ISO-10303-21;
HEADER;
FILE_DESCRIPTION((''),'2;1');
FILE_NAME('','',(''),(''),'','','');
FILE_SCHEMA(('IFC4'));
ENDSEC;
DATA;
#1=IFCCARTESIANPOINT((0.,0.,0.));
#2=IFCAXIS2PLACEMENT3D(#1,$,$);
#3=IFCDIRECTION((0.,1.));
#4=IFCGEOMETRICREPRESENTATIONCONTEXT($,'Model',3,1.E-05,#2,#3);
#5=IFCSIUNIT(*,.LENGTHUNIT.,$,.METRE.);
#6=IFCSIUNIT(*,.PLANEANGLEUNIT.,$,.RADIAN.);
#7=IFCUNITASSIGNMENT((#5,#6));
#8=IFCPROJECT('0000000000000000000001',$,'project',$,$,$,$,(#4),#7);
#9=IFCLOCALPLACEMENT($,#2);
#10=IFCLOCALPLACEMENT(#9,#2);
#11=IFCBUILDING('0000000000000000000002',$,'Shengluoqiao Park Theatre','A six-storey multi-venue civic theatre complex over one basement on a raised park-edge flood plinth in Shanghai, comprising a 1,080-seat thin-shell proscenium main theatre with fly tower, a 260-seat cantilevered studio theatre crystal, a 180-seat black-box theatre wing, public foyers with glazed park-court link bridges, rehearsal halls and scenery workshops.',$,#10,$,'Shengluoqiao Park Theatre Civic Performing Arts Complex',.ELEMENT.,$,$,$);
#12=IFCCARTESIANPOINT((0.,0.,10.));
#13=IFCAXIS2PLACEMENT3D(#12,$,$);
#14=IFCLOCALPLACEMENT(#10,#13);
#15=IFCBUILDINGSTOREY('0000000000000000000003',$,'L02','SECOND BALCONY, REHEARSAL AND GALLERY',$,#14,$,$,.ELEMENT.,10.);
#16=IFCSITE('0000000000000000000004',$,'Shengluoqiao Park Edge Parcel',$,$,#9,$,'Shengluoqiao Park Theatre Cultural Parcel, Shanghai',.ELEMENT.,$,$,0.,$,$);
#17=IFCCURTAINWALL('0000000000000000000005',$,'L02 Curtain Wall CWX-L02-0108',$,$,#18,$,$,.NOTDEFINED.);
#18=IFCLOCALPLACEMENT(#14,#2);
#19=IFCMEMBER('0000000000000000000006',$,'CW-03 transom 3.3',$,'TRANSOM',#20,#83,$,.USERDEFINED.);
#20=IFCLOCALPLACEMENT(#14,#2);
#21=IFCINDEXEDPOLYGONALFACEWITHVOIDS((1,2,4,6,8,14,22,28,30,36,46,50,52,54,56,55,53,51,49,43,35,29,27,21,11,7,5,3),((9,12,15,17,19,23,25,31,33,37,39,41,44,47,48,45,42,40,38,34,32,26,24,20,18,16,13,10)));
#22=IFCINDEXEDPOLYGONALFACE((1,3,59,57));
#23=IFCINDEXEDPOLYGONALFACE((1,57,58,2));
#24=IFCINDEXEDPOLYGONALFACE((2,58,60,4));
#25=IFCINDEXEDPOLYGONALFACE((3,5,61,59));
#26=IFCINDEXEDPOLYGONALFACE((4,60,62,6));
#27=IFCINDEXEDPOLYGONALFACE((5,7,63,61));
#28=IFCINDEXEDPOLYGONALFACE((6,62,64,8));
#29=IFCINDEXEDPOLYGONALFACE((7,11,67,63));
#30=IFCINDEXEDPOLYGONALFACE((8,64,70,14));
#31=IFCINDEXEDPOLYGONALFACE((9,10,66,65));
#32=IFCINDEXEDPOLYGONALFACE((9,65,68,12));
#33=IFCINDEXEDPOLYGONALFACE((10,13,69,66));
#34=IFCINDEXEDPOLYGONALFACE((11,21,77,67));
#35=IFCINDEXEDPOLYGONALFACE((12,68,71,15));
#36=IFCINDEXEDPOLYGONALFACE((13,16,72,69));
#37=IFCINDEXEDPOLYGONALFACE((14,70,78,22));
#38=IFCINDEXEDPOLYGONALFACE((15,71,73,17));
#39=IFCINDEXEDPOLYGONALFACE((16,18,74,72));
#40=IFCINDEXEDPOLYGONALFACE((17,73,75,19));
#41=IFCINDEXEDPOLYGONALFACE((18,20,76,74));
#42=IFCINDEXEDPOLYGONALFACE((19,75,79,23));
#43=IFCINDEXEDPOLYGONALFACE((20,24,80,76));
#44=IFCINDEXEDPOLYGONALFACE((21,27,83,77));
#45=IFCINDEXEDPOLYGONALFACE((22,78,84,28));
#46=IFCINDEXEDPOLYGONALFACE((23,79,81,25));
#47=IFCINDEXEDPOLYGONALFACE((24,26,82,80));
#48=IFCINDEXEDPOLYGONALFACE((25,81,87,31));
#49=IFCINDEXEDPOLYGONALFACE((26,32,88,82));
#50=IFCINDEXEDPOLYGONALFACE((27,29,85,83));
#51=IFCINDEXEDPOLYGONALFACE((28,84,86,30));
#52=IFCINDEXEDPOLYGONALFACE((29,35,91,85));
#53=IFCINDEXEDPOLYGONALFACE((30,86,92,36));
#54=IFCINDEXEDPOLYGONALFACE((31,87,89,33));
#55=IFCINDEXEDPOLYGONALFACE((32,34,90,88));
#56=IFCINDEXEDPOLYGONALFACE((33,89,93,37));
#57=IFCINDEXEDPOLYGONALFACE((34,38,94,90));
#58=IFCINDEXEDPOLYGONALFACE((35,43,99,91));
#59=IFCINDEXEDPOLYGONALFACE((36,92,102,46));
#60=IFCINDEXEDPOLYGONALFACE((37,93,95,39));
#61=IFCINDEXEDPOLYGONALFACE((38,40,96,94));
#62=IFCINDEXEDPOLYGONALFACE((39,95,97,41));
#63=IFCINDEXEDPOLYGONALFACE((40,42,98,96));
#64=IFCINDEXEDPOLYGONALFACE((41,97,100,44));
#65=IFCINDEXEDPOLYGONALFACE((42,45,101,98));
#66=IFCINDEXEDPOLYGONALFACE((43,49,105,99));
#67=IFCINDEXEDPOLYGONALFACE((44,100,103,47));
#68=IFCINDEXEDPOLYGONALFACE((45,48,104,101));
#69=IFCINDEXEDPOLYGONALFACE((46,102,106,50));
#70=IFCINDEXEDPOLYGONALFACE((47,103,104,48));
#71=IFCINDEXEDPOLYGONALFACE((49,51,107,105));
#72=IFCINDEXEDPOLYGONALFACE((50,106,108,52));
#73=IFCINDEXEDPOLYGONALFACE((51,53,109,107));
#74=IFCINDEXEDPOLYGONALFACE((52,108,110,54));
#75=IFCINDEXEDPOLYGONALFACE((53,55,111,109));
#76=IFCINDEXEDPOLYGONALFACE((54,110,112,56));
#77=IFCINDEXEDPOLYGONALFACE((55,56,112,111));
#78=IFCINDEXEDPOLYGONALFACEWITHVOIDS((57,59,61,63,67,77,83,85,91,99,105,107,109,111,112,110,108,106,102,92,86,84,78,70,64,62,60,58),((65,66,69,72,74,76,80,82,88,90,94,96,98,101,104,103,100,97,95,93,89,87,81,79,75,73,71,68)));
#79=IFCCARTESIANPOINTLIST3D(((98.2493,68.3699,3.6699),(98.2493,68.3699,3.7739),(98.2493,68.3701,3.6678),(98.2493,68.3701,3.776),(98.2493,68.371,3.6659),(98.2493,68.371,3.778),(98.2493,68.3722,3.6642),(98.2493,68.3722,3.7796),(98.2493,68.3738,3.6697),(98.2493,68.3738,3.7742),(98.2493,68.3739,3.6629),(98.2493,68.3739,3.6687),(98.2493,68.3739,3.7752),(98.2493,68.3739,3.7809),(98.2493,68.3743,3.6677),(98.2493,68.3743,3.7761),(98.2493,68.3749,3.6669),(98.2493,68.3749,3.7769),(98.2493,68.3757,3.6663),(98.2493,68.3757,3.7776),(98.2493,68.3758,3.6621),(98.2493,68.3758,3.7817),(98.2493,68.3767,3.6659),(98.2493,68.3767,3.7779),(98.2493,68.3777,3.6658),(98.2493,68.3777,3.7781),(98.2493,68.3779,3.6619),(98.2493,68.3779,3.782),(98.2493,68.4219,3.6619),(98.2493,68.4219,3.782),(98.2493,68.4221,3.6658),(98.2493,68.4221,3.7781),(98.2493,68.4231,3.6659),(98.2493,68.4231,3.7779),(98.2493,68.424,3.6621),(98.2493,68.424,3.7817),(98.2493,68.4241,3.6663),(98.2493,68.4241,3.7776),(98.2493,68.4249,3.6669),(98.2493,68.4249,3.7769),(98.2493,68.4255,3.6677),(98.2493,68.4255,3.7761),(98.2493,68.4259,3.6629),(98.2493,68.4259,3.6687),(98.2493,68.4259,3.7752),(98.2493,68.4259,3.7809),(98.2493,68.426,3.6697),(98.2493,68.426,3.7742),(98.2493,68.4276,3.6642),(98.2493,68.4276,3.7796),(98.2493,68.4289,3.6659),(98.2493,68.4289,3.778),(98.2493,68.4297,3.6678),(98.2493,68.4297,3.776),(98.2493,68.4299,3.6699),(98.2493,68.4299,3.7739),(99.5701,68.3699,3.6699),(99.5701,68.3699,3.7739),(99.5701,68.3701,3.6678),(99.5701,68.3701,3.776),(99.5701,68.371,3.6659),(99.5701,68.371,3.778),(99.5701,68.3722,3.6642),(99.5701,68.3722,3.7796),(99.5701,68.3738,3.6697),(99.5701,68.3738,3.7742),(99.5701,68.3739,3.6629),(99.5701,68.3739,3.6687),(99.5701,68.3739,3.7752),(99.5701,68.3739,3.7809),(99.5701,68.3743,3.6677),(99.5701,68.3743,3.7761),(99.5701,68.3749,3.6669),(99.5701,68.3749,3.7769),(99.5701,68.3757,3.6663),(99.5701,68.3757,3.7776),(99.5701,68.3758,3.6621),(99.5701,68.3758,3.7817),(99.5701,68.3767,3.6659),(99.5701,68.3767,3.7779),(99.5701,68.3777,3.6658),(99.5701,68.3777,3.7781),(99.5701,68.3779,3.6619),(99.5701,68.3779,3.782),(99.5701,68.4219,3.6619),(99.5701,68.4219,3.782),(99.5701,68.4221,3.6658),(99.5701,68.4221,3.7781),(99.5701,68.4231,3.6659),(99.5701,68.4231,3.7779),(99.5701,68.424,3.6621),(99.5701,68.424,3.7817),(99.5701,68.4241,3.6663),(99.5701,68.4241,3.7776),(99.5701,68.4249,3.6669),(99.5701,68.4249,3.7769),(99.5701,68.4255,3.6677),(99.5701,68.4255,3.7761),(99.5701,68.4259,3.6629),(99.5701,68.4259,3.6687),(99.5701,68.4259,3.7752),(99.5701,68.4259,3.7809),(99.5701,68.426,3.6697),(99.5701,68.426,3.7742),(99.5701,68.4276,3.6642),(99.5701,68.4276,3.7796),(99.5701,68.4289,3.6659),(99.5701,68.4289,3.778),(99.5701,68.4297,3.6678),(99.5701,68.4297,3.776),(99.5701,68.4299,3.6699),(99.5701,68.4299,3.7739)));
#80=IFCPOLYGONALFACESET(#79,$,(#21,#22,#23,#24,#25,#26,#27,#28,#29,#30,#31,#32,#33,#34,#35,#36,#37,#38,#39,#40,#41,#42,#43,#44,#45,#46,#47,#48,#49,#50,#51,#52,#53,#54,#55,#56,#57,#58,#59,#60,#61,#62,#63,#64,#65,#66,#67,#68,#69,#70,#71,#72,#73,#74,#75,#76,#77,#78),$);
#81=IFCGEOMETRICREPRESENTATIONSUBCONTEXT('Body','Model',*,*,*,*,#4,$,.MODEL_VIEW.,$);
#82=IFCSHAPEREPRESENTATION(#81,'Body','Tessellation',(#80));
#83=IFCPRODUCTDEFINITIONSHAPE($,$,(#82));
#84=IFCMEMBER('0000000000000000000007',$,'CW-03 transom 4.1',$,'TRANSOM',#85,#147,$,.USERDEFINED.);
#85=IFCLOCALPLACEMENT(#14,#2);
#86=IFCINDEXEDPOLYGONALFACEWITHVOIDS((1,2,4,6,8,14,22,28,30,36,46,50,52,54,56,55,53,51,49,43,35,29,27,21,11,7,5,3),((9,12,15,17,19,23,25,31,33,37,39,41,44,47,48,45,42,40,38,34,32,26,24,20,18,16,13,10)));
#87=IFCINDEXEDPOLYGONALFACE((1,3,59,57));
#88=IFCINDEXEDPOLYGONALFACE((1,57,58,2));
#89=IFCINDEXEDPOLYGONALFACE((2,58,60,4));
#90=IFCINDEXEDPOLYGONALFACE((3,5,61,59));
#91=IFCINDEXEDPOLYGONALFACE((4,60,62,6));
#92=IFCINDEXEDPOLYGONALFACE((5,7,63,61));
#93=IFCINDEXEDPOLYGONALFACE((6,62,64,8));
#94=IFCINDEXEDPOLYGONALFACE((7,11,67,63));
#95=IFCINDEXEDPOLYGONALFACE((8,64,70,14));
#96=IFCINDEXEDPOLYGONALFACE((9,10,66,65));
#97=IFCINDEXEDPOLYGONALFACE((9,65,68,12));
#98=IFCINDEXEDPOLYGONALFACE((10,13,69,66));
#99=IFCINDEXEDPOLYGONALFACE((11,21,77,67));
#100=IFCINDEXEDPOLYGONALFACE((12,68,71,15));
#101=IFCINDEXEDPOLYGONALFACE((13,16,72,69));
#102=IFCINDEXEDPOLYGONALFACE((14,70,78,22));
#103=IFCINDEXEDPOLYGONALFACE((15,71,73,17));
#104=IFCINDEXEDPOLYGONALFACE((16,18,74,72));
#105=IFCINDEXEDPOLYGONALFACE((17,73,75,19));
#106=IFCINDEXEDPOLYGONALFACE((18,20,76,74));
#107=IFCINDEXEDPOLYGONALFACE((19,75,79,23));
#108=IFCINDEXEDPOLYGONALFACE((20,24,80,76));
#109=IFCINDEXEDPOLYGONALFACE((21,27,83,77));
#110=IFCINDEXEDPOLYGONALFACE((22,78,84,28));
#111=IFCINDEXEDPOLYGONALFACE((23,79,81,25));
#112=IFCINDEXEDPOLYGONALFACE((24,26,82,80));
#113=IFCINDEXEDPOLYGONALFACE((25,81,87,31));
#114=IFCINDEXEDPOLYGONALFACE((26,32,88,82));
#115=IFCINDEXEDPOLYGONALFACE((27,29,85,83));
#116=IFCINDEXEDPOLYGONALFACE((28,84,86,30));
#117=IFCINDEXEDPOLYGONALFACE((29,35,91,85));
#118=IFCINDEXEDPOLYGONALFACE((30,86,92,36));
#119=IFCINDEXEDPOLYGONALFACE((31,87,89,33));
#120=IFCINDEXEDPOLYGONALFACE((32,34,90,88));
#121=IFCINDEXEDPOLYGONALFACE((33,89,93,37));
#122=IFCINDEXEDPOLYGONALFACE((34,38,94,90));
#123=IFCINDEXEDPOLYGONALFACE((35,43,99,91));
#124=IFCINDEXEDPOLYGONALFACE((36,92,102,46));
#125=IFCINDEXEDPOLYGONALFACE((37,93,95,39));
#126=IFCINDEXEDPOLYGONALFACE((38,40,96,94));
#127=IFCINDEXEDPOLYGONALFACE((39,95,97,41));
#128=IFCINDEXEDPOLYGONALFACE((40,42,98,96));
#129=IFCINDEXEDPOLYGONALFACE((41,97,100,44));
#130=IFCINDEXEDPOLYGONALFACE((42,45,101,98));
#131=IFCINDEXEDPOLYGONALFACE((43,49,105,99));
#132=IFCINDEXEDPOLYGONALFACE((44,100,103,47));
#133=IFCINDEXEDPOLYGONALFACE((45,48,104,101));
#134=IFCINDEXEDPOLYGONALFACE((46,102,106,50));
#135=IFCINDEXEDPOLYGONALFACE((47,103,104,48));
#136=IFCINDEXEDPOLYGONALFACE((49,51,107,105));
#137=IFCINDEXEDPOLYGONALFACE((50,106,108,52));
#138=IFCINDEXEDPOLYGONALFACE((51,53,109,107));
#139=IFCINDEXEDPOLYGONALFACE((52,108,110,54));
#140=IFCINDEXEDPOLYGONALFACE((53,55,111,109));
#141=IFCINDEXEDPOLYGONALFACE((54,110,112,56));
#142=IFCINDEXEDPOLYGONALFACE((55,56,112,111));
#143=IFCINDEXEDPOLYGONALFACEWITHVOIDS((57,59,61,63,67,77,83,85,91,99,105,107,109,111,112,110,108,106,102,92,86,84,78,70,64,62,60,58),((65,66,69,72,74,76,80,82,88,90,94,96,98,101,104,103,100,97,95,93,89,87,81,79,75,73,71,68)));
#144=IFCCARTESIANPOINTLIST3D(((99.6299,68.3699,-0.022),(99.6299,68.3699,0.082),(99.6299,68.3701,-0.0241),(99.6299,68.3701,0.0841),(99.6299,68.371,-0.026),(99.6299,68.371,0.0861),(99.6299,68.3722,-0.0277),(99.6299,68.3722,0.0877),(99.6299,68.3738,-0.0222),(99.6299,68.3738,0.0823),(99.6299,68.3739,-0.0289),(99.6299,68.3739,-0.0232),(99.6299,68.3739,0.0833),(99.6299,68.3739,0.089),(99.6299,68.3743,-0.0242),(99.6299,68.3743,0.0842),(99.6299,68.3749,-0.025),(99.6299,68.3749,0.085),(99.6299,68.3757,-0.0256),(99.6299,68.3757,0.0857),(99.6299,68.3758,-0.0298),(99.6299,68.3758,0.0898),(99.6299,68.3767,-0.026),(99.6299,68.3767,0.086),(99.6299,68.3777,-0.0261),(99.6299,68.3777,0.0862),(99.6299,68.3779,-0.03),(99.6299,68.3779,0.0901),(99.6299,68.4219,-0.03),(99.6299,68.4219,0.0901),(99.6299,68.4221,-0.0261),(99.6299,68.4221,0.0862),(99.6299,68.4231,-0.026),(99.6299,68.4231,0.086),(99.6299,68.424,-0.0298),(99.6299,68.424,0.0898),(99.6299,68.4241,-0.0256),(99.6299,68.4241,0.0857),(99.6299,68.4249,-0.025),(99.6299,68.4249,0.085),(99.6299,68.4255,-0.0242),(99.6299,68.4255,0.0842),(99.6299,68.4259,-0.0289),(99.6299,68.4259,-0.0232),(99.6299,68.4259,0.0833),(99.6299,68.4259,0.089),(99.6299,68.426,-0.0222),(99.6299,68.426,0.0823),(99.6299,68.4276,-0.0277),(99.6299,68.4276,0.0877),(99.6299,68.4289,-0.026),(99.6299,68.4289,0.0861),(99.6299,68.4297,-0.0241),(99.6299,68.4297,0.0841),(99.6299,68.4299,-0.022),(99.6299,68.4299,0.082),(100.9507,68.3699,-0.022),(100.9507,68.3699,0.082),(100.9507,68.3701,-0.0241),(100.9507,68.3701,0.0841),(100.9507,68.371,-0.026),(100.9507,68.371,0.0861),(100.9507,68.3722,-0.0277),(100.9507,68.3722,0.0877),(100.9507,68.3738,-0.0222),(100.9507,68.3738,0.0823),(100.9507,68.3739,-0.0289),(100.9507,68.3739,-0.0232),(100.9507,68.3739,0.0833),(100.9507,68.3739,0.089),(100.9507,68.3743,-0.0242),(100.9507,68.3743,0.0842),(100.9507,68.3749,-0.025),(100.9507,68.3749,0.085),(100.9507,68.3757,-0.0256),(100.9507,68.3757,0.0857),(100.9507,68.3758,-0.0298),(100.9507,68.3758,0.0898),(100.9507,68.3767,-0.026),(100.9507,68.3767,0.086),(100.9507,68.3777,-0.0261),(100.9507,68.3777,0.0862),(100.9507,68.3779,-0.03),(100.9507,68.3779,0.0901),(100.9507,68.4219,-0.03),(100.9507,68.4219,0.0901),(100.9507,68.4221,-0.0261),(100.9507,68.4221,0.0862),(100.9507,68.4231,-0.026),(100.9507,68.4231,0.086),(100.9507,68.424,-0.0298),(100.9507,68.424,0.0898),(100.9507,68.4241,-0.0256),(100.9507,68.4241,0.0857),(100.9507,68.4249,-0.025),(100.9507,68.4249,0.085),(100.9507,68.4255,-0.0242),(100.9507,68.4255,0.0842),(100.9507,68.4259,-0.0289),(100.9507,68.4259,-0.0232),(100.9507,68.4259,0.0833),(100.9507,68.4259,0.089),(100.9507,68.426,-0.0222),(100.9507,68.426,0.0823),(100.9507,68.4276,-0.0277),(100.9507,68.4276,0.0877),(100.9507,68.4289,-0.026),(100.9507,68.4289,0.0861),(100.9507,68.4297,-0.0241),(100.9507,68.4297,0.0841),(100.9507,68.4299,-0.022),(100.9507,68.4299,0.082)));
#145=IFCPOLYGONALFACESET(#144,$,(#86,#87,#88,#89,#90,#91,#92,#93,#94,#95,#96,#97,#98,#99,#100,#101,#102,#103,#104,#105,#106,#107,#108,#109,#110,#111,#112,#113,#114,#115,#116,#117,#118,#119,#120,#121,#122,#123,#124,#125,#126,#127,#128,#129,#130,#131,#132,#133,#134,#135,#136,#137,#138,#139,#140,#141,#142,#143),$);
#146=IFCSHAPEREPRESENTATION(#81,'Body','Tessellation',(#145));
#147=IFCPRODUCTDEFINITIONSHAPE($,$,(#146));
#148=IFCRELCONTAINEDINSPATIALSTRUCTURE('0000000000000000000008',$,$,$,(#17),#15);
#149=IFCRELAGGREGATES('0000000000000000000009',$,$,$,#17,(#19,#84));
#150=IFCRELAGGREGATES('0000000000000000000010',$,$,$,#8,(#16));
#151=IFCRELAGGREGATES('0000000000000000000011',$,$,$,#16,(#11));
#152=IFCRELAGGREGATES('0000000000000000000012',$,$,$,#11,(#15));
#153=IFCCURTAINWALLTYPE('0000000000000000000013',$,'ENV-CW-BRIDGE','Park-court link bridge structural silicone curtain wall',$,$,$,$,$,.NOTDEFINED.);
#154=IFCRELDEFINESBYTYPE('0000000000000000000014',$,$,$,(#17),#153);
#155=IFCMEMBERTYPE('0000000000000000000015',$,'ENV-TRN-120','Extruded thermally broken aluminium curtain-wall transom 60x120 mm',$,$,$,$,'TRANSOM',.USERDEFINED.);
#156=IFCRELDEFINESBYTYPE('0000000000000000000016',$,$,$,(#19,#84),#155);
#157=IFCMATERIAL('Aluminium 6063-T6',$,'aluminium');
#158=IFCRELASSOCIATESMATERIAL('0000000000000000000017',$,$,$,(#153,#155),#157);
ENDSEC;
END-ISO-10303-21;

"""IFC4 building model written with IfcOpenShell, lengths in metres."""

from ifc_helpers import new_model, si_unit, direction, frame, origin, origin_2d, place, context, subcontext, project, spatial, hollow_rectangle, extrude, material, material_profile, profile_set, type_object, element, aggregate, save


model = new_model("IFC4")

# Units and contexts
model_context = context("Model", 3, precision=1e-05, world=origin(), true_north=direction((0.0, 1.0)))
body_context = subcontext(model_context, "Body", "Model", "MODEL_VIEW")
ifc_project = project(units=[si_unit("LENGTHUNIT", "METRE"), si_unit("PLANEANGLEUNIT", "RADIAN")], contexts=[model_context])

# Site, building, storey
site_placement = place(None, origin())
site = spatial("IfcSite", under=ifc_project, at=site_placement, Name="Shengluoqiao Park Edge Parcel", LongName="Shengluoqiao Park Theatre Cultural Parcel, Shanghai", CompositionType="ELEMENT", RefElevation=0.0)
building_placement = place(site_placement, origin())
building = spatial("IfcBuilding", under=site, at=building_placement, Name="Shengluoqiao Park Theatre", Description="A six-storey multi-venue civic theatre complex over one basement on a raised park-edge flood plinth in Shanghai, comprising a 1,080-seat thin-shell proscenium main theatre with fly tower, a 260-seat cantilevered studio theatre crystal, a 180-seat black-box theatre wing, public foyers with glazed park-court link bridges, rehearsal halls and scenery workshops.", LongName="Shengluoqiao Park Theatre Civic Performing Arts Complex", CompositionType="ELEMENT")
storey_placement = place(building_placement, frame((0.0, 0.0, 10.0)))
storey = spatial("IfcBuildingStorey", under=building, at=storey_placement, Name="L02", Description="SECOND BALCONY, REHEARSAL AND GALLERY", CompositionType="ELEMENT", Elevation=10.0)

# Curtain wall, members
ifc_material_1 = material(Name="Aluminium 6063-T6", Category="aluminium")
curtain_wall_type = type_object("IfcCurtainWallType", Name="ENV-CW-BRIDGE", Description="Park-court link bridge structural silicone curtain wall", PredefinedType="NOTDEFINED", material=ifc_material_1)
curtain_wall_placement = place(storey_placement, origin())
curtain_wall = element("IfcCurtainWall", 1, at=curtain_wall_placement, inside=storey, type_object=curtain_wall_type, Name="L02 Curtain Wall CWX-L02-0108", PredefinedType="NOTDEFINED")
ifc_material_profile_1 = material_profile(ifc_material_1, hollow_rectangle(XDim=0.0601, YDim=0.1201, WallThickness=0.0039, InnerFilletRadius=0.0039, OuterFilletRadius=0.0081, at=origin_2d()), Name="ALU TRANSOM 120x60x4")
ifc_profile_set_1 = profile_set([ifc_material_profile_1], Name="Aluminium 6063-T6")
member_type_1 = type_object("IfcMemberType", Name="ENV-TRN-120", Description="Extruded thermally broken aluminium curtain-wall transom 60x120 mm", ElementType="TRANSOM", PredefinedType="USERDEFINED", material=ifc_profile_set_1)
member_1_placement = place(storey_placement, frame((98.2493, 68.3999, 3.7219), z_axis=(1.0, 0.0, 0.0), x_axis=(0.0, 1.0, 0.0)))
member_1 = element("IfcMember", 2, at=member_1_placement, type_object=member_type_1, Name="CW-03 transom 3.3", ObjectType="TRANSOM", PredefinedType="USERDEFINED", context=body_context, shape_type="SweptSolid", body=[
    extrude(hollow_rectangle(XDim=0.0601, YDim=0.1201, WallThickness=0.0039, InnerFilletRadius=0.0039, OuterFilletRadius=0.0081, at=origin_2d()), origin(), (0.0, 0.0, 1.0), 1.3208),
])
member_2_placement = place(storey_placement, frame((99.6299, 68.3999, 0.03), z_axis=(1.0, 0.0, 0.0), x_axis=(0.0, 1.0, 0.0)))
member_2 = element("IfcMember", 3, at=member_2_placement, type_object=member_type_1, Name="CW-03 transom 4.1", ObjectType="TRANSOM", PredefinedType="USERDEFINED", context=body_context, shape_type="SweptSolid", body=[
    extrude(hollow_rectangle(XDim=0.0601, YDim=0.1201, WallThickness=0.0039, InnerFilletRadius=0.0039, OuterFilletRadius=0.0081, at=origin_2d()), origin(), (0.0, 0.0, 1.0), 1.3208),
])

aggregate(curtain_wall, [member_1, member_2])

save(model, "model.ifc")
